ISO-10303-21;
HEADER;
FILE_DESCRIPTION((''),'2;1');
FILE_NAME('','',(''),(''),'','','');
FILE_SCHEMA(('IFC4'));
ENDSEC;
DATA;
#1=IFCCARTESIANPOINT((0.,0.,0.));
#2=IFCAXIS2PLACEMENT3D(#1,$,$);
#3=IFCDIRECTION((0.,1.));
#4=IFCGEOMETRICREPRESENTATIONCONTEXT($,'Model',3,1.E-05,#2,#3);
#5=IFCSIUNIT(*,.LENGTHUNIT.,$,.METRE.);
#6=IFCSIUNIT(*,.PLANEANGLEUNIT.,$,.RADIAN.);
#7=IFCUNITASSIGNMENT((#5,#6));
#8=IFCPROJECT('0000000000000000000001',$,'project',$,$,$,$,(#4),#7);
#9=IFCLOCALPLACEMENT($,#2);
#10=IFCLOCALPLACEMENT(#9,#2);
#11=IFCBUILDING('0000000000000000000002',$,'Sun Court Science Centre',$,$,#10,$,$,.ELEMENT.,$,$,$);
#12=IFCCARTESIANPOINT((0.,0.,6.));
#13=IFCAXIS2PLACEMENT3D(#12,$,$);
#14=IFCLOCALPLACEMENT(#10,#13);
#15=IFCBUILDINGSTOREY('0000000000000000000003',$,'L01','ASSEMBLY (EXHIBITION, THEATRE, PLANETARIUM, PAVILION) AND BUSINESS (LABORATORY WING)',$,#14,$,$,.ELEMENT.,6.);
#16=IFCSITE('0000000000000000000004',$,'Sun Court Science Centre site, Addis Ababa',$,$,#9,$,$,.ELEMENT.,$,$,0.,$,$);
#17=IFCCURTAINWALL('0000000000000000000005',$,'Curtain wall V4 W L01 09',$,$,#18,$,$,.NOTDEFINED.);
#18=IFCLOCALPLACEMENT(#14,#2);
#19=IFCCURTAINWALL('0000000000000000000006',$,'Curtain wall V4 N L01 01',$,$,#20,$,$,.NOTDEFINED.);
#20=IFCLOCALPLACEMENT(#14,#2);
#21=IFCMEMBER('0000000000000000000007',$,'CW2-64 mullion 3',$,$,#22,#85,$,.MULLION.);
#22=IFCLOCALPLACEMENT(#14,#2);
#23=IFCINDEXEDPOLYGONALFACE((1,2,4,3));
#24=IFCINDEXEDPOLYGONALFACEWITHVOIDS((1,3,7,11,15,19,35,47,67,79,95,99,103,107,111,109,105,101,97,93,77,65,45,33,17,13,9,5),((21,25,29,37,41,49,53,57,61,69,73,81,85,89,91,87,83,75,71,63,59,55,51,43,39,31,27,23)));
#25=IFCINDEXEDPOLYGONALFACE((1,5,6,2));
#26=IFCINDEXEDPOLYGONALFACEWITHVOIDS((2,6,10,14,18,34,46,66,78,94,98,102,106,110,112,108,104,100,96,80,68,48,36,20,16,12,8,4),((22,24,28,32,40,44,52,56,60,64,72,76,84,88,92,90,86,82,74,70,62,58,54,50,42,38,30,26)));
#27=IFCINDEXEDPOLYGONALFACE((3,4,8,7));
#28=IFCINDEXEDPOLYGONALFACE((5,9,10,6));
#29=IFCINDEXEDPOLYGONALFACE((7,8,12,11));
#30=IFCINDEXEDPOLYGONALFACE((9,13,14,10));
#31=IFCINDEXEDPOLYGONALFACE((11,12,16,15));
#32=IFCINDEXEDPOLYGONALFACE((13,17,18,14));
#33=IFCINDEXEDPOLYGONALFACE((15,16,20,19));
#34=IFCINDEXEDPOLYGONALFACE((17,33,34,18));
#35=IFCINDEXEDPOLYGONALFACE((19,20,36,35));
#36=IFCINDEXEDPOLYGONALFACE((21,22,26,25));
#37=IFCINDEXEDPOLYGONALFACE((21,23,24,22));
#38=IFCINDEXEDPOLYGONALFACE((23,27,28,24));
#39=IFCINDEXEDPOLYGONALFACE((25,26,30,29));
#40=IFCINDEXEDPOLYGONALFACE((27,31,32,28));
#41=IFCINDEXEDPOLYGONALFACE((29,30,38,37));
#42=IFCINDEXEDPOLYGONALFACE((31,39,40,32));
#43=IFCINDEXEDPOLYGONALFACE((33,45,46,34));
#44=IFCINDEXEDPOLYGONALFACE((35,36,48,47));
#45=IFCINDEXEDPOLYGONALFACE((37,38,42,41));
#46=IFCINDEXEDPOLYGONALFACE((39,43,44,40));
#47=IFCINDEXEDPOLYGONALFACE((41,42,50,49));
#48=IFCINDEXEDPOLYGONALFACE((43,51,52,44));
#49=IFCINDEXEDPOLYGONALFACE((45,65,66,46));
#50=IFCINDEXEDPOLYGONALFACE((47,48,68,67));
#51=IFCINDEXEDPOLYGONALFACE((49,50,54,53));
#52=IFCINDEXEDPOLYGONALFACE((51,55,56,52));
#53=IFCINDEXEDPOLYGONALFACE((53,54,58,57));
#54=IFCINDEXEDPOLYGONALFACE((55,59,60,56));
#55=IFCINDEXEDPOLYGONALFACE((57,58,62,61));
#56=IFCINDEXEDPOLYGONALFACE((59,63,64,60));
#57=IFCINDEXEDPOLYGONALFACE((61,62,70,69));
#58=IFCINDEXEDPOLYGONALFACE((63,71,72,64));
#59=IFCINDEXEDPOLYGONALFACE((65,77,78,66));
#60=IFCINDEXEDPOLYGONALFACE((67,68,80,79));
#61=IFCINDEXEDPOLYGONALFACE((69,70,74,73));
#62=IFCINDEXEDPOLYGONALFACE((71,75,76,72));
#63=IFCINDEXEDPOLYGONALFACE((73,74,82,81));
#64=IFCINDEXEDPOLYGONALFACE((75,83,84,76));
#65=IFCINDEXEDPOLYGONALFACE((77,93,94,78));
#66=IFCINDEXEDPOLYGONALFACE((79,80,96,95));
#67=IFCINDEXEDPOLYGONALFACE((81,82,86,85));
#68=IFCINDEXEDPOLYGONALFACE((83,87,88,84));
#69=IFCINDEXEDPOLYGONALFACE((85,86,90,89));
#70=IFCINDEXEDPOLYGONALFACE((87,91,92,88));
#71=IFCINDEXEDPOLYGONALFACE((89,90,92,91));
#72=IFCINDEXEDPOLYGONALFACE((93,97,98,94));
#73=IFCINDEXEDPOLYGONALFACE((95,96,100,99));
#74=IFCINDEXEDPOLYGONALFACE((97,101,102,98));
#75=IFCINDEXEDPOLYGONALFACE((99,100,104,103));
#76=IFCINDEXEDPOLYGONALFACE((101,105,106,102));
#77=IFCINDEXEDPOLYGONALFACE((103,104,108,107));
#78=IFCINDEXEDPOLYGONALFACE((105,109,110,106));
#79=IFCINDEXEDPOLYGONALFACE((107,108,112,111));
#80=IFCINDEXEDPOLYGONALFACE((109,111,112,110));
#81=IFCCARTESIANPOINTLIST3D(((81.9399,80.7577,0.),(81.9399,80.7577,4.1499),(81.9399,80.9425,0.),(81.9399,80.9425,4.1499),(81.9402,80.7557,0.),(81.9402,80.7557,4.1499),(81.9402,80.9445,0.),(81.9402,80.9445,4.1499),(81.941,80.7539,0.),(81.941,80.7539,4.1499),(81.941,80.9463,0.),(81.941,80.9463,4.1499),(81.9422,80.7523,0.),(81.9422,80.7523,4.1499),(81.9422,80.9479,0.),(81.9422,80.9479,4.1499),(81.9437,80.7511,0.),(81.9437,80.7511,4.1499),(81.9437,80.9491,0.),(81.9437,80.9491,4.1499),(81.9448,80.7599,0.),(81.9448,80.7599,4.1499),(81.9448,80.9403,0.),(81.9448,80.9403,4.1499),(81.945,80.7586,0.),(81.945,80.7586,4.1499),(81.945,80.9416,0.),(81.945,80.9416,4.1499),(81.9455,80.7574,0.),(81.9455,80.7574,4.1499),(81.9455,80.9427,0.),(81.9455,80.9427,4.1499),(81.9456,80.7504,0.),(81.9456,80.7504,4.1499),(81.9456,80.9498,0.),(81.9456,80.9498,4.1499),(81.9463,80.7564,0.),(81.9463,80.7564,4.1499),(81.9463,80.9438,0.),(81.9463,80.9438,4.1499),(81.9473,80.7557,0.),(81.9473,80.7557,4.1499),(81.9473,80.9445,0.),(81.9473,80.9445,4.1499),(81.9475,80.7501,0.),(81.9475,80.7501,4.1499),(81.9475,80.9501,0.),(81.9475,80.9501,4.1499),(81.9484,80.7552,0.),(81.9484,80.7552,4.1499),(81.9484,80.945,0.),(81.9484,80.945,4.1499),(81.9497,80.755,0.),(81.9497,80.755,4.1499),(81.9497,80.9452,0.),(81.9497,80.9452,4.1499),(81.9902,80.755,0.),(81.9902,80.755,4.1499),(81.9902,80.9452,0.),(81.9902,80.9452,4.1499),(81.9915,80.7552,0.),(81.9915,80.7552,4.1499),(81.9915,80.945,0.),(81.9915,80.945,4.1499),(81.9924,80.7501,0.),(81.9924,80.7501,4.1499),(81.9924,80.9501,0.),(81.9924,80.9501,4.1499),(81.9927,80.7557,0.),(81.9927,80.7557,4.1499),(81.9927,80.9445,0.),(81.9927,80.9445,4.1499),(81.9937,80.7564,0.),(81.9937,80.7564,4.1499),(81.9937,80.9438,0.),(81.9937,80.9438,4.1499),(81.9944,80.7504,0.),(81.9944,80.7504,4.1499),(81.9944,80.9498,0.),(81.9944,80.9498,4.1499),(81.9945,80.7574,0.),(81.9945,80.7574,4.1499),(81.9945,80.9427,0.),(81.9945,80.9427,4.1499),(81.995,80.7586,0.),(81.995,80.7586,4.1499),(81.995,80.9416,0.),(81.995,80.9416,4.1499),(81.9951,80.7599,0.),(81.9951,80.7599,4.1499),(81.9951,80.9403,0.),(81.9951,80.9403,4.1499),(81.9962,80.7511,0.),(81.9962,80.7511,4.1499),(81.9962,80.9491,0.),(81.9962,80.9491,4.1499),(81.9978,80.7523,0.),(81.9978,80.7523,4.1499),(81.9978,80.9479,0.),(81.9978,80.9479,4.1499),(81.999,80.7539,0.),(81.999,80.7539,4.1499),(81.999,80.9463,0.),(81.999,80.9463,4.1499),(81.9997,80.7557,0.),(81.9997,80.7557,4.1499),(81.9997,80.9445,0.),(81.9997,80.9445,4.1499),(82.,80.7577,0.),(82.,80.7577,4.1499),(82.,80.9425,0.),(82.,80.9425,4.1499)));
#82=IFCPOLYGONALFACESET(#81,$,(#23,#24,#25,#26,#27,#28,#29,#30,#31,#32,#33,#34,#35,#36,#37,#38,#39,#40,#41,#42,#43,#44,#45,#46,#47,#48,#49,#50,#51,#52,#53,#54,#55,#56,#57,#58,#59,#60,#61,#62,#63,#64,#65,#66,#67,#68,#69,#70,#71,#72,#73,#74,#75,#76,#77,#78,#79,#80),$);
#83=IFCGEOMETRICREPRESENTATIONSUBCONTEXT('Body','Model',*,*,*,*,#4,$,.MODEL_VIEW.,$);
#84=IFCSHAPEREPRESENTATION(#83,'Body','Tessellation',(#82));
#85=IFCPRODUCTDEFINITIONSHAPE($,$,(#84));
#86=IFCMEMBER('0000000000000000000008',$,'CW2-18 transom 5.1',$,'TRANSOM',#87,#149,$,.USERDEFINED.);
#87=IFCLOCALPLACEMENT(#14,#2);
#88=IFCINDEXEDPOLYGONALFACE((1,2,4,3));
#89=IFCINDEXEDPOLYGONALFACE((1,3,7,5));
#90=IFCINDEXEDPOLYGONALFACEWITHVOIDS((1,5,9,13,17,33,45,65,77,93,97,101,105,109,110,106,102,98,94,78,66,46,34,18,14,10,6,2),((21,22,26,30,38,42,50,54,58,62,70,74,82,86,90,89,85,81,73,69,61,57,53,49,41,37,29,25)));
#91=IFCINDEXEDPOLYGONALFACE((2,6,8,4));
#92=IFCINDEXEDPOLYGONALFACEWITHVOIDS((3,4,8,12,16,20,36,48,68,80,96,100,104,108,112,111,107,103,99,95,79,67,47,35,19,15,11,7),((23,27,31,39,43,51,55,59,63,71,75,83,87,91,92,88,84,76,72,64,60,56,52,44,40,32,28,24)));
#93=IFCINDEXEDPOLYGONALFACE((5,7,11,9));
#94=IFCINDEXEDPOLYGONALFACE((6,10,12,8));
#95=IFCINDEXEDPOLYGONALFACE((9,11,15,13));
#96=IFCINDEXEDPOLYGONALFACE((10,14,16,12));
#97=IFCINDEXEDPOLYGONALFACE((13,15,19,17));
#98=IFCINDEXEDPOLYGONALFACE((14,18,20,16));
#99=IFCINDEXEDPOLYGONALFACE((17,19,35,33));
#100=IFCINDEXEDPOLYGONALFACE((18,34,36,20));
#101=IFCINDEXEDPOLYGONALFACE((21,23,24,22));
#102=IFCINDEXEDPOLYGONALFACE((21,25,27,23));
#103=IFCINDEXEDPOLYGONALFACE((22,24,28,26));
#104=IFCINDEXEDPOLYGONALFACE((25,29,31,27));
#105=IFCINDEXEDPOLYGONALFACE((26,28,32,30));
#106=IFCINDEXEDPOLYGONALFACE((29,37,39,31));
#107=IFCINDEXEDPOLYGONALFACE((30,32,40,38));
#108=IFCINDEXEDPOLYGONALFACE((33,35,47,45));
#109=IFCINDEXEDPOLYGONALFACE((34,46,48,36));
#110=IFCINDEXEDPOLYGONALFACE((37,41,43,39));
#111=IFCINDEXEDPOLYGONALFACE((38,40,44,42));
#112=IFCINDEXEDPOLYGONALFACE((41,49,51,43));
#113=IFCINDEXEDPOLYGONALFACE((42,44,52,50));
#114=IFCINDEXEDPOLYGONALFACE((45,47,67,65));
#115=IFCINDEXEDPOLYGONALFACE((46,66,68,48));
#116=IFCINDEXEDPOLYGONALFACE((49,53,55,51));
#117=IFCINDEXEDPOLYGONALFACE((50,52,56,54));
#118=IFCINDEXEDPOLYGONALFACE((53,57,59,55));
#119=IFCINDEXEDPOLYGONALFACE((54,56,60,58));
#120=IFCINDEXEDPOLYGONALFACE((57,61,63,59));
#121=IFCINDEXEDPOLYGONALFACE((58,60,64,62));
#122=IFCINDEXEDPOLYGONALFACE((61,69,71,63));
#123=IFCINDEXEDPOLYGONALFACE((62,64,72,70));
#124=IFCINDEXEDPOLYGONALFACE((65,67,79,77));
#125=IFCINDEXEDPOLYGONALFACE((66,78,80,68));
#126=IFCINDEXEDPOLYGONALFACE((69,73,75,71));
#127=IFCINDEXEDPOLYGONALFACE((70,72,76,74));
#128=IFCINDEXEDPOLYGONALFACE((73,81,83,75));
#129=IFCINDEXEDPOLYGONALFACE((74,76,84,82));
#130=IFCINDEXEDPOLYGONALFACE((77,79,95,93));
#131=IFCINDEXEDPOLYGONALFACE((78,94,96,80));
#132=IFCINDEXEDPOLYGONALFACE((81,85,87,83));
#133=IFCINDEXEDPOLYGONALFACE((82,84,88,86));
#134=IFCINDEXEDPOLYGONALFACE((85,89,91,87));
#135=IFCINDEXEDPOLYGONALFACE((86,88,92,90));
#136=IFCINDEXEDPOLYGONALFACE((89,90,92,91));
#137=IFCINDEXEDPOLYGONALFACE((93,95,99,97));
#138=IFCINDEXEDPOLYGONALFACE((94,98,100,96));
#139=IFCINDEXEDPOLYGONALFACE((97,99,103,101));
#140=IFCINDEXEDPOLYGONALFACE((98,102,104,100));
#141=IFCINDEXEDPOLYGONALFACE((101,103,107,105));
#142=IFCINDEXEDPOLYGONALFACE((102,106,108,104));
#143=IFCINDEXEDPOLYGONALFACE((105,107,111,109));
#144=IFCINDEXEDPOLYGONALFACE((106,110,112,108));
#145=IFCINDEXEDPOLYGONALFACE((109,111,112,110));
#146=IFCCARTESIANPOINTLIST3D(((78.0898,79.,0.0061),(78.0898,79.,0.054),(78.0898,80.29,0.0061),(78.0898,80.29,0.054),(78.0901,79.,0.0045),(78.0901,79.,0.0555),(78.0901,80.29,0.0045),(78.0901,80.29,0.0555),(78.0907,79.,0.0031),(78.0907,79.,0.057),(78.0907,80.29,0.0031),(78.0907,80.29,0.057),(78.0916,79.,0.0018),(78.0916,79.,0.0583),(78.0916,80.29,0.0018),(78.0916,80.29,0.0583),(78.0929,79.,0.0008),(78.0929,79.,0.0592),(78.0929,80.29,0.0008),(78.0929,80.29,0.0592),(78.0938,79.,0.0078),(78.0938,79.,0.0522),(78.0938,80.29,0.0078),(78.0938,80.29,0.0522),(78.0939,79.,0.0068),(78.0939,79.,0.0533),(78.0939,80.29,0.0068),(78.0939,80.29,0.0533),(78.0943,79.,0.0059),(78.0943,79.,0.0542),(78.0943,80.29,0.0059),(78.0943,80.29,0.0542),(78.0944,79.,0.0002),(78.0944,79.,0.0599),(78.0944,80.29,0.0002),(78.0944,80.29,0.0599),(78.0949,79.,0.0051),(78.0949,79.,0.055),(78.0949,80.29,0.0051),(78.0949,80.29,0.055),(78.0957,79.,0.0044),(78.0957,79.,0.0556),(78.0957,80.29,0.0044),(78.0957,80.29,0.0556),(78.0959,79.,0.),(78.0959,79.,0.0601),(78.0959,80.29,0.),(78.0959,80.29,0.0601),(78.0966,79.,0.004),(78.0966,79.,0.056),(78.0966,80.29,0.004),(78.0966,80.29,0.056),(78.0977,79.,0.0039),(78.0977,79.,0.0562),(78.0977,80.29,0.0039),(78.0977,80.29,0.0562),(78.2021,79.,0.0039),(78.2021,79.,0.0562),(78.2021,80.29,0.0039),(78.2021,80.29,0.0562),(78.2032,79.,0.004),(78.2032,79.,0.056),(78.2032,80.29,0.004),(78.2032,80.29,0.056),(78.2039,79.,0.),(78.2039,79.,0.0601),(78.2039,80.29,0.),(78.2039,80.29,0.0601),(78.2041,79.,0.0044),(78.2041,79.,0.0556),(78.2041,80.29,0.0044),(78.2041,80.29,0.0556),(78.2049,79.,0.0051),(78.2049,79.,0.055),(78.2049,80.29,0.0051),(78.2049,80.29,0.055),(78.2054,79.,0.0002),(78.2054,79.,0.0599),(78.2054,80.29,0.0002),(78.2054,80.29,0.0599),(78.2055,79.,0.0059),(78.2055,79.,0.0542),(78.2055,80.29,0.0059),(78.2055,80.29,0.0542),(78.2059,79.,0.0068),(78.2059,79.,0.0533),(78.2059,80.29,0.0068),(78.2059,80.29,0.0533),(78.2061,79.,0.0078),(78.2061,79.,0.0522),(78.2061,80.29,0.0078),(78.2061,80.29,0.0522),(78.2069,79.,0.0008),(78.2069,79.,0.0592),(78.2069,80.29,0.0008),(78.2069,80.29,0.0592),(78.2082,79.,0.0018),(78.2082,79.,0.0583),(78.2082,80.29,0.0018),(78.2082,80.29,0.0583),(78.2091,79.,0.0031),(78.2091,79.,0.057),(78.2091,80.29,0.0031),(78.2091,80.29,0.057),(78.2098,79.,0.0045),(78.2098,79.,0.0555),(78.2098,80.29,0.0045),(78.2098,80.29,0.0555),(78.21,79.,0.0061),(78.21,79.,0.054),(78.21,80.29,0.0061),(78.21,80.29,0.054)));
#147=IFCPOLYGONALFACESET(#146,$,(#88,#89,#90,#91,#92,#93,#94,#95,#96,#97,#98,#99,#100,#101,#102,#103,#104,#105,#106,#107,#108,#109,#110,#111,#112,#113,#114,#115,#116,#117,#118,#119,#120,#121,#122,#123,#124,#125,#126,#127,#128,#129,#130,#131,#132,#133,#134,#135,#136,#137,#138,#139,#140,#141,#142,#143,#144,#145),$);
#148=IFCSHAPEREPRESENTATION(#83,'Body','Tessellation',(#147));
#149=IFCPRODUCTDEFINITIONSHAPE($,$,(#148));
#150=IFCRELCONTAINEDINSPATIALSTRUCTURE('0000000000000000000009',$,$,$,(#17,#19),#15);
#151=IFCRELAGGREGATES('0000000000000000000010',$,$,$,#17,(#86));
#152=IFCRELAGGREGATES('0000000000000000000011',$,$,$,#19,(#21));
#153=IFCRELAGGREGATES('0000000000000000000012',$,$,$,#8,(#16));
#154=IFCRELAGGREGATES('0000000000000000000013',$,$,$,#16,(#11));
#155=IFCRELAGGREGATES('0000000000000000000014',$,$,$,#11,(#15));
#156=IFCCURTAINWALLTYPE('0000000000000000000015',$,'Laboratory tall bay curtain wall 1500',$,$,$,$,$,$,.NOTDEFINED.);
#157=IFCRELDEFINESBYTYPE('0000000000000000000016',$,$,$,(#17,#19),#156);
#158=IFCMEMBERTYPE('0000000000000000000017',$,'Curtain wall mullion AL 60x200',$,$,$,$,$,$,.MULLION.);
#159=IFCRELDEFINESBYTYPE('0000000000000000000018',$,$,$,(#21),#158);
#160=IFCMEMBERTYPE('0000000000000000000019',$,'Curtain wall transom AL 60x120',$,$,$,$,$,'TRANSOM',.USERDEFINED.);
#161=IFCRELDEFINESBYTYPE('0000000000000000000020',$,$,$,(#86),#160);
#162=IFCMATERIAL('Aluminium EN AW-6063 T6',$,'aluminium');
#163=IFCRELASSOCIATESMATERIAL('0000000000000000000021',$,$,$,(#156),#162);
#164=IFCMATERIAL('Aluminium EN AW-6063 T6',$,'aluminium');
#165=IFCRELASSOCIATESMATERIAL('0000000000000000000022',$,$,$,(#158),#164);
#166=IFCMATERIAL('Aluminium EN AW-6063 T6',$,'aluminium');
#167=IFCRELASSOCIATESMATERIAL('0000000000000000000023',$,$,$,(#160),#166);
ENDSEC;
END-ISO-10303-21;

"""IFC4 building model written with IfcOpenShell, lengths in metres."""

from ifc_helpers import new_model, si_unit, direction, frame, origin, origin_2d, place, context, subcontext, project, spatial, hollow_rectangle, extrude, material, material_profile, profile_set, type_object, element, aggregate, save


model = new_model("IFC4")

# Units and contexts
model_context = context("Model", 3, precision=1e-05, world=origin(), true_north=direction((0.0, 1.0)))
body_context = subcontext(model_context, "Body", "Model", "MODEL_VIEW")
ifc_project = project(units=[si_unit("LENGTHUNIT", "METRE"), si_unit("PLANEANGLEUNIT", "RADIAN")], contexts=[model_context])

# Site, building, storey
site_placement = place(None, origin())
site = spatial("IfcSite", under=ifc_project, at=site_placement, Name="Sun Court Science Centre site, Addis Ababa", CompositionType="ELEMENT", RefElevation=0.0)
building_placement = place(site_placement, origin())
building = spatial("IfcBuilding", under=site, at=building_placement, Name="Sun Court Science Centre", CompositionType="ELEMENT")
storey_placement = place(building_placement, frame((0.0, 0.0, 6.0)))
storey = spatial("IfcBuildingStorey", under=building, at=storey_placement, Name="L01", Description="ASSEMBLY (EXHIBITION, THEATRE, PLANETARIUM, PAVILION) AND BUSINESS (LABORATORY WING)", CompositionType="ELEMENT", Elevation=6.0)

# Curtain walls, member
ifc_material_1 = material(Name="Aluminium EN AW-6063 T6", Category="aluminium")
curtain_wall_type = type_object("IfcCurtainWallType", Name="Laboratory tall bay curtain wall 1500", PredefinedType="NOTDEFINED", material=ifc_material_1)
curtain_wall_1_placement = place(storey_placement, origin())
curtain_wall_1 = element("IfcCurtainWall", 1, at=curtain_wall_1_placement, inside=storey, type_object=curtain_wall_type, Name="Curtain wall V4 W L01 09", PredefinedType="NOTDEFINED")
ifc_material_2 = material(Name="Aluminium EN AW-6063 T6", Category="aluminium")
ifc_material_profile_1 = material_profile(ifc_material_2, hollow_rectangle(XDim=0.0601, YDim=0.2, WallThickness=0.0049, InnerFilletRadius=0.0049, OuterFilletRadius=0.0076, at=origin_2d()), Name="AL 60x200x5")
ifc_profile_set_1 = profile_set([ifc_material_profile_1], Name="Aluminium EN AW-6063 T6")
member_type_1 = type_object("IfcMemberType", Name="Curtain wall mullion AL 60x200", PredefinedType="MULLION", material=ifc_profile_set_1)
curtain_wall_2_placement = place(storey_placement, origin())
curtain_wall_2 = element("IfcCurtainWall", 2, at=curtain_wall_2_placement, inside=storey, type_object=curtain_wall_type, Name="Curtain wall V4 N L01 01", PredefinedType="NOTDEFINED")
member_1_placement = place(storey_placement, frame((81.97, 80.8501, 0.0), z_axis=(0.0, 0.0, 1.0), x_axis=(1.0, 0.0, 0.0)))
member_1 = element("IfcMember", 3, at=member_1_placement, type_object=member_type_1, Name="CW2-64 mullion 3", PredefinedType="MULLION", context=body_context, shape_type="SweptSolid", body=[
    extrude(hollow_rectangle(XDim=0.0601, YDim=0.2, WallThickness=0.0049, InnerFilletRadius=0.0049, OuterFilletRadius=0.0076, at=origin_2d()), origin(), (0.0, 0.0, 1.0), 4.1499),
])

# Member
ifc_material_3 = material(Name="Aluminium EN AW-6063 T6", Category="aluminium")
ifc_material_profile_2 = material_profile(ifc_material_3, hollow_rectangle(XDim=0.0601, YDim=0.1201, WallThickness=0.0039, InnerFilletRadius=0.0039, OuterFilletRadius=0.0061, at=origin_2d()), Name="AL 60x120x4")
ifc_profile_set_2 = profile_set([ifc_material_profile_2], Name="Aluminium EN AW-6063 T6")
member_type_2 = type_object("IfcMemberType", Name="Curtain wall transom AL 60x120", ElementType="TRANSOM", PredefinedType="USERDEFINED", material=ifc_profile_set_2)
member_2_placement = place(storey_placement, frame((78.1499, 79.0, 0.03), z_axis=(0.0, 1.0, 0.0), x_axis=(0.0, 0.0, 1.0)))
member_2 = element("IfcMember", 4, at=member_2_placement, type_object=member_type_2, Name="CW2-18 transom 5.1", ObjectType="TRANSOM", PredefinedType="USERDEFINED", context=body_context, shape_type="SweptSolid", body=[
    extrude(hollow_rectangle(XDim=0.0601, YDim=0.1201, WallThickness=0.0039, InnerFilletRadius=0.0039, OuterFilletRadius=0.0061, at=origin_2d()), origin(), (0.0, 0.0, 1.0), 1.29),
])

aggregate(curtain_wall_1, [member_2])
aggregate(curtain_wall_2, [member_1])

save(model, "model.ifc")
